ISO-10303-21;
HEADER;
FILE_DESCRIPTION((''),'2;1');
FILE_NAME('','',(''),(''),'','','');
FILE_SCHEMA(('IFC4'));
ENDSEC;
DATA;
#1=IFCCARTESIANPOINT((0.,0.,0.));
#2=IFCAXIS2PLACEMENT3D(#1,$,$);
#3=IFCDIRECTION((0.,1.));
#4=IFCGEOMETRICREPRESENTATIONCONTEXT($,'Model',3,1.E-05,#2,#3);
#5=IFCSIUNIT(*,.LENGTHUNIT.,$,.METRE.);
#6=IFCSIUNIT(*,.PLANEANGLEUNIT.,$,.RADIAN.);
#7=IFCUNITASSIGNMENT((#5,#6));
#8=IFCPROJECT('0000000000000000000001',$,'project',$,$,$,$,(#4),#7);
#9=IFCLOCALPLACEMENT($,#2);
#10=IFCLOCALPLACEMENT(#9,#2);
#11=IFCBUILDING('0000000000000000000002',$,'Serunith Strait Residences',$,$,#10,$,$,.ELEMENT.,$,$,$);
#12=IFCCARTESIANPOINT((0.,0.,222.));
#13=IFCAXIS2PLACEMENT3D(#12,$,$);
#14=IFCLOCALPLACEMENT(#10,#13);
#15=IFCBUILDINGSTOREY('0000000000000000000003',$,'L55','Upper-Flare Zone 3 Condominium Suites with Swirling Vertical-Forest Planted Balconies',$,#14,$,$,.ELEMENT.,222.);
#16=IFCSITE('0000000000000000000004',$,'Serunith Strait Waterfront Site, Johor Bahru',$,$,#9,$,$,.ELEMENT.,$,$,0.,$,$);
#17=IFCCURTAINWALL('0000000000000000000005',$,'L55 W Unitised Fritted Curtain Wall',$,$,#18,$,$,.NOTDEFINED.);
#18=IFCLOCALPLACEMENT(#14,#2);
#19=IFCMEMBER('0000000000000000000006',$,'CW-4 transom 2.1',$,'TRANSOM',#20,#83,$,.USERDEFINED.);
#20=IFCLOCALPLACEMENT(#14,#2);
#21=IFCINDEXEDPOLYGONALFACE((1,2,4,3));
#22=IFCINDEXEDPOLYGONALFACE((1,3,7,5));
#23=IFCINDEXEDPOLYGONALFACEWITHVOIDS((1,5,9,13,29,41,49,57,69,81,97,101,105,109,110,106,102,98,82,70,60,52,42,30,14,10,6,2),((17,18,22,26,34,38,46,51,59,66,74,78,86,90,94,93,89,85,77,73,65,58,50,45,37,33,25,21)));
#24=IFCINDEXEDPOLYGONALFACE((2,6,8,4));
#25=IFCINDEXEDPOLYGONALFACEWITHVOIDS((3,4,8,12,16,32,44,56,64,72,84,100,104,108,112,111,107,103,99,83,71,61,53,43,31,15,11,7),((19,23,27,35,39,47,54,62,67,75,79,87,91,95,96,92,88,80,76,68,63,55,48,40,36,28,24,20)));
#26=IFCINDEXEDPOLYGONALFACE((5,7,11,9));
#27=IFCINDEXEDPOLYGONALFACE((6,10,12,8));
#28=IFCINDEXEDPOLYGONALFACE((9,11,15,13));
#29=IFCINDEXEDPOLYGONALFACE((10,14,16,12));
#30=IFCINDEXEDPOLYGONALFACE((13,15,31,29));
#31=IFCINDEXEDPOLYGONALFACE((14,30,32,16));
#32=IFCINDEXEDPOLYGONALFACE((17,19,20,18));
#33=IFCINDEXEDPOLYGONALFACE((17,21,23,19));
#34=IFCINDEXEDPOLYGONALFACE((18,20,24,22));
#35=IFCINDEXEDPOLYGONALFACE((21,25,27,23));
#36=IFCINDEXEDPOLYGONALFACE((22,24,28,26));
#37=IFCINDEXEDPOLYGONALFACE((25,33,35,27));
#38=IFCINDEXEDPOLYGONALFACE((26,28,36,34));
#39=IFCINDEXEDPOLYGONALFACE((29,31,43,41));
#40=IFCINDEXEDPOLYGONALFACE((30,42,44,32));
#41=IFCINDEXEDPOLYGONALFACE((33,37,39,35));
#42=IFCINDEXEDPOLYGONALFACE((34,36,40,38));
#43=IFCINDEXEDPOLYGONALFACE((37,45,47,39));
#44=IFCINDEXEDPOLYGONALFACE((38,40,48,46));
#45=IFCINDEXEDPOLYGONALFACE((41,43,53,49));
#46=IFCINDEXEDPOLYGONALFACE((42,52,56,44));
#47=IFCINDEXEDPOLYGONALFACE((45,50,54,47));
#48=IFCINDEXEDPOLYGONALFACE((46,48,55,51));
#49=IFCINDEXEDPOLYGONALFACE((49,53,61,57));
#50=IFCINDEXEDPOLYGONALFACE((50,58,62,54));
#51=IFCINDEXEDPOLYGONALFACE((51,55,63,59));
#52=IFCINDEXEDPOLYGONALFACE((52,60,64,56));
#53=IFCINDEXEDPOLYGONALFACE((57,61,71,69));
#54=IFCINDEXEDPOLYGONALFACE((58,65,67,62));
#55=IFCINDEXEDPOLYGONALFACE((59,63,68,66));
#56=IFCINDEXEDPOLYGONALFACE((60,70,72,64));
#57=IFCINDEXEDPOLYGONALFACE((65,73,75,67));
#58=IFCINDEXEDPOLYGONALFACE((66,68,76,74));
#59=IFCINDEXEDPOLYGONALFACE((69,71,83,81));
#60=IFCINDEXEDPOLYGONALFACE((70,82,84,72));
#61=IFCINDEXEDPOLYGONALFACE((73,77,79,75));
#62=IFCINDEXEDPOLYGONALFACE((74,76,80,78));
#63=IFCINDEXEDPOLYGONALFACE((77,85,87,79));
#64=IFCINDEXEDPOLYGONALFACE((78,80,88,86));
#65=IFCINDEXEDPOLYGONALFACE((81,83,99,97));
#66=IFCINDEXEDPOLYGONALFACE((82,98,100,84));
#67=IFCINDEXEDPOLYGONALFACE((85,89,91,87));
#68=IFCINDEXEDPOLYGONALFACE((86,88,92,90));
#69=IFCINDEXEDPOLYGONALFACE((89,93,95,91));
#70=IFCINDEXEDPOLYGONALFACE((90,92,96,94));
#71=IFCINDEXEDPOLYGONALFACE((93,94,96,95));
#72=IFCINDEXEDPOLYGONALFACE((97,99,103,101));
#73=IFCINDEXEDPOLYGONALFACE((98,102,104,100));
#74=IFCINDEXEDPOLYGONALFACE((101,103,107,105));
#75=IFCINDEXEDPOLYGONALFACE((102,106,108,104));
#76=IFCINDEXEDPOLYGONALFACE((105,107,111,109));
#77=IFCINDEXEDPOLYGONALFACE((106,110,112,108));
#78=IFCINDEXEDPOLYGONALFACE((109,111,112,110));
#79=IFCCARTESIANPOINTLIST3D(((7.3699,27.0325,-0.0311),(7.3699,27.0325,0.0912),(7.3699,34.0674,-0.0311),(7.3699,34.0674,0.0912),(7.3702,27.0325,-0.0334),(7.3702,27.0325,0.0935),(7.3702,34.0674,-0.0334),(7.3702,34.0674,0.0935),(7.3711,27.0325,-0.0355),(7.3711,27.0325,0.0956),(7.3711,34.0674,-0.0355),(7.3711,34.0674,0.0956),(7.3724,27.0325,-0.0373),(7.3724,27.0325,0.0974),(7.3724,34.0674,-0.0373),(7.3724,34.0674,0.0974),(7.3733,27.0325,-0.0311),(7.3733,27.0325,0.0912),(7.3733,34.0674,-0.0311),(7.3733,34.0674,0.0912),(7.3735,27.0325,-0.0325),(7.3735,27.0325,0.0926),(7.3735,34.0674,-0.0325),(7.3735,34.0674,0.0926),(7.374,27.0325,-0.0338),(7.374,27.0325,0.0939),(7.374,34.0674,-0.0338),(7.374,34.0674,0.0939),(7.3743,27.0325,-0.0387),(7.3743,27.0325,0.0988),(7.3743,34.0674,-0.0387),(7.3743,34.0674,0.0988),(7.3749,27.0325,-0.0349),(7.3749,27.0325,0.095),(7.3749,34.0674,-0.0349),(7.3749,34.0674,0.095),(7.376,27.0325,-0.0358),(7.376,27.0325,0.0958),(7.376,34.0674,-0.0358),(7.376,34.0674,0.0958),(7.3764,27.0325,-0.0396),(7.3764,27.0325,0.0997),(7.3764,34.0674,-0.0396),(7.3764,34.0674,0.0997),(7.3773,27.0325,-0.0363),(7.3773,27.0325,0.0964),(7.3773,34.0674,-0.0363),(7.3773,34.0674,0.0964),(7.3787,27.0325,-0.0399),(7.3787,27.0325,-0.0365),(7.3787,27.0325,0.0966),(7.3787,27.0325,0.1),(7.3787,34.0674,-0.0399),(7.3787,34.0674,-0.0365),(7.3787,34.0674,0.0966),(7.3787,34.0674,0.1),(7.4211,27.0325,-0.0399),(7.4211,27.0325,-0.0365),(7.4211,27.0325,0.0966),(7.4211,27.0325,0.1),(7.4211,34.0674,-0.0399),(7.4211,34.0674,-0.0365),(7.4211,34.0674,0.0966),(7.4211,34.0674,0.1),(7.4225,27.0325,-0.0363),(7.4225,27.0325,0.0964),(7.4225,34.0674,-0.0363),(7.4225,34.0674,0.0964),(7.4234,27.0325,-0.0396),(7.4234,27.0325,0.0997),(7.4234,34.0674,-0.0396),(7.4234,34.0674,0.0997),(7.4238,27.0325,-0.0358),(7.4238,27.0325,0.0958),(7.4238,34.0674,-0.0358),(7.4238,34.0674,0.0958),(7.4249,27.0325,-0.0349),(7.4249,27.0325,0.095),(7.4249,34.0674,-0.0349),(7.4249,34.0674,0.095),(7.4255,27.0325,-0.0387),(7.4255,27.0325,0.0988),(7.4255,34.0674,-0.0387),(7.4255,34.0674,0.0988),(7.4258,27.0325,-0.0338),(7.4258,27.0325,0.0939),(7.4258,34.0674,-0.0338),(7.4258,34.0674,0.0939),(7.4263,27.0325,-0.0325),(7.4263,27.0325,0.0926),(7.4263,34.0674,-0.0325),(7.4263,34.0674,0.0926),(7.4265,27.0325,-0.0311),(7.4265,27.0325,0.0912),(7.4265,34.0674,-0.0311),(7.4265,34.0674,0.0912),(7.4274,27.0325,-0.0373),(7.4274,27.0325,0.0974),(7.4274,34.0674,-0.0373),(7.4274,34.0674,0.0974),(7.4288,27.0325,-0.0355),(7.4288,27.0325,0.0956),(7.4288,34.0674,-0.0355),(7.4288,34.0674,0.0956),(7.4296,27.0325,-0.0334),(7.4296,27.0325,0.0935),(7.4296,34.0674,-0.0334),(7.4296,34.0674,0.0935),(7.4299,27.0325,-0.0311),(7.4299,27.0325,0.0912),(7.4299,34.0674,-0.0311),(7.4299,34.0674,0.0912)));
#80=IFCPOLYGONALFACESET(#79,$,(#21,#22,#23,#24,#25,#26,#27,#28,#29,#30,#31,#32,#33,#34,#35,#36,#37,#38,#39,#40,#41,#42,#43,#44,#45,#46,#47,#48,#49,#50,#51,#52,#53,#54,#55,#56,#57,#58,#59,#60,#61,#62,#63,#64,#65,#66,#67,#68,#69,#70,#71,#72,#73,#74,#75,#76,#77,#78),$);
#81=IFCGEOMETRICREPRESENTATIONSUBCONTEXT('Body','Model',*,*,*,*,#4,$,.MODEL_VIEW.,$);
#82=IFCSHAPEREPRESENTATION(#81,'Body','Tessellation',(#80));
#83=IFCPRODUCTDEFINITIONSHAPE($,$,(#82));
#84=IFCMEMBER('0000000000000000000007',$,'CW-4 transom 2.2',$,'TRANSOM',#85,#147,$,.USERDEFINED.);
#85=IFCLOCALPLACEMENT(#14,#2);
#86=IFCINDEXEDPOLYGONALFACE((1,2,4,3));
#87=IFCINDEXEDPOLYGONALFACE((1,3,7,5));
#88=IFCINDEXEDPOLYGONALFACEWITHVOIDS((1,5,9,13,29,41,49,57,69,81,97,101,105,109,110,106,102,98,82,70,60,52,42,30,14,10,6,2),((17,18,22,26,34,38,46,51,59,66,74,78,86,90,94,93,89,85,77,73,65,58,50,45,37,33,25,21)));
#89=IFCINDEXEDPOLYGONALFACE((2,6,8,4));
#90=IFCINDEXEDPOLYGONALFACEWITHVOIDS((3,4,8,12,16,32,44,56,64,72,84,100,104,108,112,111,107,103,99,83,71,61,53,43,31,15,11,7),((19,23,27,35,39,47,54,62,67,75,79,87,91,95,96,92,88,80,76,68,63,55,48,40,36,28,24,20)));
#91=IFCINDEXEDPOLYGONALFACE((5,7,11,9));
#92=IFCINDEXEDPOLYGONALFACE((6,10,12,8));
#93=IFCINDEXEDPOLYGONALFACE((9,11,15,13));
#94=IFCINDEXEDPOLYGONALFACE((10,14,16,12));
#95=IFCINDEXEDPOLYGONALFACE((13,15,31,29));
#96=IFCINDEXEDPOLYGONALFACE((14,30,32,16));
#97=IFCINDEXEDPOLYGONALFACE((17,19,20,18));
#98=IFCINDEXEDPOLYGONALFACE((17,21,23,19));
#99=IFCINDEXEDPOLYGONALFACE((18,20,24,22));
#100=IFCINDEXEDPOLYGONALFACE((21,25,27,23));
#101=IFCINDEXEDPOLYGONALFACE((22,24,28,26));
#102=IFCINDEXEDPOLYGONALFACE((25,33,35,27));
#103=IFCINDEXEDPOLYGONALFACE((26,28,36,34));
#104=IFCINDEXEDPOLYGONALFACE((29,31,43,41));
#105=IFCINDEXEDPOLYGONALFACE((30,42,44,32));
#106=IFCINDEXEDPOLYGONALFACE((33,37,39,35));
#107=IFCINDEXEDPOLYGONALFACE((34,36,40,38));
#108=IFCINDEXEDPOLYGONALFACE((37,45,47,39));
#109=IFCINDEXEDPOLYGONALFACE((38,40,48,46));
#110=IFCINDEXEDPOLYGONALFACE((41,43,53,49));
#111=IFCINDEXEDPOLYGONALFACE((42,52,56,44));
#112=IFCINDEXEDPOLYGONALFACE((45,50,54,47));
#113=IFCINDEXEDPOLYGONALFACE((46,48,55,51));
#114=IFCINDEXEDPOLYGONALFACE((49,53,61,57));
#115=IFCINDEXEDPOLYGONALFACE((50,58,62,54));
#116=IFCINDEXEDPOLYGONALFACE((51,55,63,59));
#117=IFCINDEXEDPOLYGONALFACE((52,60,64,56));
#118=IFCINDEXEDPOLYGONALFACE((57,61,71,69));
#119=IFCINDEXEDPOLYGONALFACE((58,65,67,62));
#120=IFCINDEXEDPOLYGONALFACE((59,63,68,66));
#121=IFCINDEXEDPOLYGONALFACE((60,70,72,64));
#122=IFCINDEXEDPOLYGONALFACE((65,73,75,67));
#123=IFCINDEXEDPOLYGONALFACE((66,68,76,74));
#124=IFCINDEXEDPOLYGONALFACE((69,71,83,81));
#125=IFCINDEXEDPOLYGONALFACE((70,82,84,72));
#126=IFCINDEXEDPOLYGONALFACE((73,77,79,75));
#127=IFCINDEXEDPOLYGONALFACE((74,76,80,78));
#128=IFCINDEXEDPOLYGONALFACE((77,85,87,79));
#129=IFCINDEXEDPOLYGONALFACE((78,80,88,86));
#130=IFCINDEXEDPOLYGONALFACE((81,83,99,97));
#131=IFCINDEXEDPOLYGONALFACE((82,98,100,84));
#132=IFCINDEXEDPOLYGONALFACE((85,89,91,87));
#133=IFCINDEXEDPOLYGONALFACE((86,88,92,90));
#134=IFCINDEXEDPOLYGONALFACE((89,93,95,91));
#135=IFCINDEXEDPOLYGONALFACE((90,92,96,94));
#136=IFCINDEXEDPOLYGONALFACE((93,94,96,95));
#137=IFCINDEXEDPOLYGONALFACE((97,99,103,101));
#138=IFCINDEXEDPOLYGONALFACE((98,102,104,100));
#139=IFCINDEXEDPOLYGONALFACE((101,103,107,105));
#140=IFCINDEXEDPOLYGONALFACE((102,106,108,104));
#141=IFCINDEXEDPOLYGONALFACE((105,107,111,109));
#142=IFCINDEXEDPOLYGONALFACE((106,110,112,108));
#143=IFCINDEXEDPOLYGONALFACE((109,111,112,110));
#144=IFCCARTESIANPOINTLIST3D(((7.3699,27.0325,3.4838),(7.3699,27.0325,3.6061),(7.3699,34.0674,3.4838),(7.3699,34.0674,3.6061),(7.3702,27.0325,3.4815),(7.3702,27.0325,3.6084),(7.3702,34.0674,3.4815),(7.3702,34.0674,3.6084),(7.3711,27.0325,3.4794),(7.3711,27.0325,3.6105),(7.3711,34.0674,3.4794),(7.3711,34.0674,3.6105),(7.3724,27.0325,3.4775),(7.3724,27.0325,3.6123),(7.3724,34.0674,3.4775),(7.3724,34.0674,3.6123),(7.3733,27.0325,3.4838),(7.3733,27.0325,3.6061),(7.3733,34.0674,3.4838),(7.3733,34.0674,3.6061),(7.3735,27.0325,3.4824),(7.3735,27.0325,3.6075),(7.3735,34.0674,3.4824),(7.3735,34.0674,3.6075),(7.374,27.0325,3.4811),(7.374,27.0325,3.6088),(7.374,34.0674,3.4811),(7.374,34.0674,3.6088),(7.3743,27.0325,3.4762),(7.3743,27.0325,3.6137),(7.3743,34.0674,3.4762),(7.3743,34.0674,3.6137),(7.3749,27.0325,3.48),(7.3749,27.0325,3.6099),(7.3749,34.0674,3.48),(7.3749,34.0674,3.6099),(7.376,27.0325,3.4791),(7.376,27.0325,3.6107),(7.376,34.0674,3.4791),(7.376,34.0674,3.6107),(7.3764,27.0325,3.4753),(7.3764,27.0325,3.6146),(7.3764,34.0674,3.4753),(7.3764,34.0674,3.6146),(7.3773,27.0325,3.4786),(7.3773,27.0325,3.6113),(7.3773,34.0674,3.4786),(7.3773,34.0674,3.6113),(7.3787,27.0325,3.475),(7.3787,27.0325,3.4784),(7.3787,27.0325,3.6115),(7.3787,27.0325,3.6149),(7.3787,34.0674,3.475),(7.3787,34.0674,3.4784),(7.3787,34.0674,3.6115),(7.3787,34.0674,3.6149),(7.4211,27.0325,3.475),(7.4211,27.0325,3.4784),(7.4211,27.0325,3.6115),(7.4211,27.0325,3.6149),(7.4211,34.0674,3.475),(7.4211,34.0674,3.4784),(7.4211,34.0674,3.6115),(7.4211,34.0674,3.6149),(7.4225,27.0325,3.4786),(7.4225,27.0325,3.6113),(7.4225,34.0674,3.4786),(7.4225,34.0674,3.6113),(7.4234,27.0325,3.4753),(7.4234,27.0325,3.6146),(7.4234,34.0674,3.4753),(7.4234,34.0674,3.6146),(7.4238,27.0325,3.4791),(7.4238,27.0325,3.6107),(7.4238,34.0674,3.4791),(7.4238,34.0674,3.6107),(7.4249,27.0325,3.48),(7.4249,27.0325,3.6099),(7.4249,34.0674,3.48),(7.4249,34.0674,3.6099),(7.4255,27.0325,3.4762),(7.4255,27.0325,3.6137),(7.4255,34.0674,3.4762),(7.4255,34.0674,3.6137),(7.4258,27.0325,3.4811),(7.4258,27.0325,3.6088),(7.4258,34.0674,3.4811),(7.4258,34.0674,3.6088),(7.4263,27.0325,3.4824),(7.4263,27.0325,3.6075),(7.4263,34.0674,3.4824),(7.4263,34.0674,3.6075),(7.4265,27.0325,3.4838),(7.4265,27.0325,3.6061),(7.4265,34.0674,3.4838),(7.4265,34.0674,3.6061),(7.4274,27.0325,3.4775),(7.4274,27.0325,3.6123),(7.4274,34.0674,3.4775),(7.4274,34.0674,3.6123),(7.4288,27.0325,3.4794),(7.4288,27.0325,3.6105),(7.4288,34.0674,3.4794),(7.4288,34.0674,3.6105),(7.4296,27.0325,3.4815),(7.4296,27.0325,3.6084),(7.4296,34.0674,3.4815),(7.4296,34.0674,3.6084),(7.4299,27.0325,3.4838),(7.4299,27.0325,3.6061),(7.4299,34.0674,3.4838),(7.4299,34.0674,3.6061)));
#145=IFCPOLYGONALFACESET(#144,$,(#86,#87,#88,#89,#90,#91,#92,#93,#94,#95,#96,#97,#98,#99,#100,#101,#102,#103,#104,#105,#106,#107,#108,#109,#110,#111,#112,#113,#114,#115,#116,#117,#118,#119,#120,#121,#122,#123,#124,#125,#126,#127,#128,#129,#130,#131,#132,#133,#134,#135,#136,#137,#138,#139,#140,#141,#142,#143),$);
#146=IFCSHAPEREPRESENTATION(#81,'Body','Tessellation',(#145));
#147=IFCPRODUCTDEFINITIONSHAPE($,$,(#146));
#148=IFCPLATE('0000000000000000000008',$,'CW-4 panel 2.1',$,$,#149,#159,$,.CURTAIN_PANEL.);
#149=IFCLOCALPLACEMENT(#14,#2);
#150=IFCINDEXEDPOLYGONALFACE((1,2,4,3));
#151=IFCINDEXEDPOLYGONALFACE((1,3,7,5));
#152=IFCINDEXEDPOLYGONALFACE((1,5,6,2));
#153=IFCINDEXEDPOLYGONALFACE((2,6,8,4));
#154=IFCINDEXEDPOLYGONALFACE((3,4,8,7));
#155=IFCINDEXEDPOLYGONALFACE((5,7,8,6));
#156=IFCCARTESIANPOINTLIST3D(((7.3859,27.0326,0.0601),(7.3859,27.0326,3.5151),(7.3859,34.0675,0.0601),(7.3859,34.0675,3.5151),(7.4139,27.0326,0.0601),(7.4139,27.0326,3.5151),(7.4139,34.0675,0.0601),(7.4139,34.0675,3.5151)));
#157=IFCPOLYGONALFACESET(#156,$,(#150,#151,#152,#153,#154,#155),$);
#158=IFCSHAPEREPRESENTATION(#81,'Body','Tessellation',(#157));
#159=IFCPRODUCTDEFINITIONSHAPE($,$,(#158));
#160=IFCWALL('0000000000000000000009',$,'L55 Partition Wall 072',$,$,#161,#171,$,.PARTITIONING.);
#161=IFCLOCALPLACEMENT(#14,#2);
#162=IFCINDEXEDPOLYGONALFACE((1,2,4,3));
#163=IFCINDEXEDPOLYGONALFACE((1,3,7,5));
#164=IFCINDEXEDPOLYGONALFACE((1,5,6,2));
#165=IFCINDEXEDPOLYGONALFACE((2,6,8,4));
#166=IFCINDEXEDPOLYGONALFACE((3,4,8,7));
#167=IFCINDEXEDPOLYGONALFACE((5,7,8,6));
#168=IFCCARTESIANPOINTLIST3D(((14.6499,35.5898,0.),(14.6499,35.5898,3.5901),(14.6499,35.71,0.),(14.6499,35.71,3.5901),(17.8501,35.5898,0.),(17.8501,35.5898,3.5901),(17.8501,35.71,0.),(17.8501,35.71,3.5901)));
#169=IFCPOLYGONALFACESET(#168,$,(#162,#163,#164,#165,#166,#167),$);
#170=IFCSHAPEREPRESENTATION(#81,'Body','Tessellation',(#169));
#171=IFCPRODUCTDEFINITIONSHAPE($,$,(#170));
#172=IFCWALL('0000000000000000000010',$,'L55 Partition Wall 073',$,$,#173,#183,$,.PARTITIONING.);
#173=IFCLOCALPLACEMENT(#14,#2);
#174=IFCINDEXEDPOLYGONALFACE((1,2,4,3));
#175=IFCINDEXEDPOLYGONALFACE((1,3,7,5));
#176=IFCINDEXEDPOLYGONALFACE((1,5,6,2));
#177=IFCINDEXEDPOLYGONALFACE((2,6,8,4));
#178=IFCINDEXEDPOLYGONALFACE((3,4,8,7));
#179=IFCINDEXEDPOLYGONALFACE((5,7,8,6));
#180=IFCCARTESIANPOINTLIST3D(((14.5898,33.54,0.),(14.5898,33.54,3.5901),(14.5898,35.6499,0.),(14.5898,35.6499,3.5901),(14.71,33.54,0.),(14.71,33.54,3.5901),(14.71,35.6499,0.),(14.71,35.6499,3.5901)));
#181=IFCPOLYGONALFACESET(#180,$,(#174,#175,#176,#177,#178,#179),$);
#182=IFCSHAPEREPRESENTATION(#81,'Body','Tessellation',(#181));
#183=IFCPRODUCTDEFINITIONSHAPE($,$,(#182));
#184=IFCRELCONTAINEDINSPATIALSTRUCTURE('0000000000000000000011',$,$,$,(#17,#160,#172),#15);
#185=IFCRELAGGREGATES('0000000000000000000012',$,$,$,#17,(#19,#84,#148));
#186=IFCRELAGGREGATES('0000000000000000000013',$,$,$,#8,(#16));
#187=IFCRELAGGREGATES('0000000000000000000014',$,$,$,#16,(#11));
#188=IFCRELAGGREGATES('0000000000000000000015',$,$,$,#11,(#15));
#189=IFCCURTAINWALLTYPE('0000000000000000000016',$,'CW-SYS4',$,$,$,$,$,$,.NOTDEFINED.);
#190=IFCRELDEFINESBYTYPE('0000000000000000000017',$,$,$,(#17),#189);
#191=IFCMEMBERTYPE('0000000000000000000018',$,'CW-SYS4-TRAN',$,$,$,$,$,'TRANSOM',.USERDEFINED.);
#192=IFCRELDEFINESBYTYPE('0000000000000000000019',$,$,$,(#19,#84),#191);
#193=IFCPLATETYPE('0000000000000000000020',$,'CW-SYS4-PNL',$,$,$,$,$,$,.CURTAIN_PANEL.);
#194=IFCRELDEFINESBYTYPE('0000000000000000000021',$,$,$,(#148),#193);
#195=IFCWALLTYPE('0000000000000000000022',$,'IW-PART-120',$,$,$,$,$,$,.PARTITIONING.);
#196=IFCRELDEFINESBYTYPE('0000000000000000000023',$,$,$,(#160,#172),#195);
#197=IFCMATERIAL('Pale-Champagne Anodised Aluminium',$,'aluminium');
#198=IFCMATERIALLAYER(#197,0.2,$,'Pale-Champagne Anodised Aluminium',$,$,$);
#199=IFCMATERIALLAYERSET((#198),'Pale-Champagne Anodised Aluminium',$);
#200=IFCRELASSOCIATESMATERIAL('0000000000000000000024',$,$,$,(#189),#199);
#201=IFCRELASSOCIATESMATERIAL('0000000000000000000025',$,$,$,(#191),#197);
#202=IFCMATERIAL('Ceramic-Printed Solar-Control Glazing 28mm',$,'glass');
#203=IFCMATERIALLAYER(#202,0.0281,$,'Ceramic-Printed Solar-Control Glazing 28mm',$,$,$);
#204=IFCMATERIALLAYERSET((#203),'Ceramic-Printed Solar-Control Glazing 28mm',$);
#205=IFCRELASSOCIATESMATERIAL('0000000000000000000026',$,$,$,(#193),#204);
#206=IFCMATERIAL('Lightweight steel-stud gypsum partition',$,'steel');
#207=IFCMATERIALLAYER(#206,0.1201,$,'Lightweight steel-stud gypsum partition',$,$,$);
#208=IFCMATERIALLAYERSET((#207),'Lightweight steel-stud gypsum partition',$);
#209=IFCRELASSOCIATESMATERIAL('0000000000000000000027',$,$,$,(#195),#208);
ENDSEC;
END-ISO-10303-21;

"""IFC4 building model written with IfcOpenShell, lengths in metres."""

from ifc_helpers import new_model, si_unit, direction, frame, frame_2d, origin, origin_2d, place, context, subcontext, project, spatial, rectangle, hollow_rectangle, extrude, source, transform, mapped, material, layer, layer_set, material_profile, profile_set, type_object, element, aggregate, save


model = new_model("IFC4")

# Units and contexts
model_context = context("Model", 3, precision=1e-05, world=origin(), true_north=direction((0.0, 1.0)))
body_context = subcontext(model_context, "Body", "Model", "MODEL_VIEW")
ifc_project = project(units=[si_unit("LENGTHUNIT", "METRE"), si_unit("PLANEANGLEUNIT", "RADIAN")], contexts=[model_context])

# Site, building, storey
site_placement = place(None, origin())
site = spatial("IfcSite", under=ifc_project, at=site_placement, Name="Serunith Strait Waterfront Site, Johor Bahru", CompositionType="ELEMENT", RefElevation=0.0)
building_placement = place(site_placement, origin())
building = spatial("IfcBuilding", under=site, at=building_placement, Name="Serunith Strait Residences", CompositionType="ELEMENT")
storey_placement = place(building_placement, frame((0.0, 0.0, 222.0)))
storey = spatial("IfcBuildingStorey", under=building, at=storey_placement, Name="L55", Description="Upper-Flare Zone 3 Condominium Suites with Swirling Vertical-Forest Planted Balconies", CompositionType="ELEMENT", Elevation=222.0)

# Curtain wall, members, plate
ifc_material_1 = material(Name="Pale-Champagne Anodised Aluminium", Category="aluminium")
ifc_layer_1 = layer(ifc_material_1, 0.2, Name="Pale-Champagne Anodised Aluminium")
ifc_layer_set_1 = layer_set([ifc_layer_1], Name="Pale-Champagne Anodised Aluminium")
curtain_wall_type = type_object("IfcCurtainWallType", Name="CW-SYS4", PredefinedType="NOTDEFINED", material=ifc_layer_set_1)
curtain_wall_placement = place(storey_placement, origin())
curtain_wall = element("IfcCurtainWall", 1, at=curtain_wall_placement, inside=storey, type_object=curtain_wall_type, Name="L55 W Unitised Fritted Curtain Wall", PredefinedType="NOTDEFINED")
ifc_material_profile_1 = material_profile(ifc_material_1, hollow_rectangle(XDim=0.0601, YDim=0.1399, WallThickness=0.0034, InnerFilletRadius=0.0054, OuterFilletRadius=0.0088, at=origin_2d()), Name="ALU 140x60x3.5")
ifc_profile_set_1 = profile_set([ifc_material_profile_1], Name="Pale-Champagne Anodised Aluminium")
member_type_1 = type_object("IfcMemberType", Name="CW-SYS4-TRAN", ElementType="TRANSOM", PredefinedType="USERDEFINED", material=ifc_profile_set_1)
shared_shape_1 = source(origin(), body_context, "Body", "SweptSolid", [
    extrude(hollow_rectangle(XDim=0.0601, YDim=0.1399, WallThickness=0.0034, InnerFilletRadius=0.0054, OuterFilletRadius=0.0088, at=origin_2d()), origin(), (0.0, 0.0, 1.0), 7.0349),
])
member_1_placement = place(storey_placement, frame((7.3999, 34.0674, 0.03), z_axis=(0.0, -1.0, 0.0), x_axis=(1.0, 0.0, 0.0)))
member_1 = element("IfcMember", 2, at=member_1_placement, type_object=member_type_1, Name="CW-4 transom 2.1", ObjectType="TRANSOM", PredefinedType="USERDEFINED", context=body_context, shape_type="MappedRepresentation", body=[
    mapped(shared_shape_1, transform((0.0, 0.0, 0.0), scale=1.0)),
])
member_2_placement = place(storey_placement, frame((7.3999, 34.0674, 3.5449), z_axis=(0.0, -1.0, 0.0), x_axis=(1.0, 0.0, 0.0)))
member_2 = element("IfcMember", 3, at=member_2_placement, type_object=member_type_1, Name="CW-4 transom 2.2", ObjectType="TRANSOM", PredefinedType="USERDEFINED", context=body_context, shape_type="MappedRepresentation", body=[
    mapped(shared_shape_1, transform((0.0, 0.0, 0.0), scale=1.0)),
])
ifc_material_2 = material(Name="Ceramic-Printed Solar-Control Glazing 28mm", Category="glass")
ifc_layer_2 = layer(ifc_material_2, 0.0281, Name="Ceramic-Printed Solar-Control Glazing 28mm")
ifc_layer_set_2 = layer_set([ifc_layer_2], Name="Ceramic-Printed Solar-Control Glazing 28mm")
plate_type = type_object("IfcPlateType", Name="CW-SYS4-PNL", PredefinedType="CURTAIN_PANEL", material=ifc_layer_set_2)
shared_shape_2 = source(origin(), body_context, "Body", "SweptSolid", [
    extrude(rectangle(XDim=7.0349, YDim=0.0281, at=origin_2d()), origin(), (0.0, 0.0, 1.0), 3.4551),
])
plate_placement = place(storey_placement, frame((7.3999, 30.55, 0.0601), z_axis=(0.0, 0.0, 1.0), x_axis=(0.0, -1.0, 0.0)))
plate = element("IfcPlate", 4, at=plate_placement, type_object=plate_type, Name="CW-4 panel 2.1", PredefinedType="CURTAIN_PANEL", context=body_context, shape_type="MappedRepresentation", body=[
    mapped(shared_shape_2, transform((0.0, 0.0, 0.0), scale=1.0)),
])
aggregate(curtain_wall, [member_1, member_2, plate])

# Walls
ifc_material_3 = material(Name="Lightweight steel-stud gypsum partition", Category="steel")
ifc_layer_3 = layer(ifc_material_3, 0.1201, Name="Lightweight steel-stud gypsum partition")
ifc_layer_set_3 = layer_set([ifc_layer_3], Name="Lightweight steel-stud gypsum partition")
wall_type_1 = type_object("IfcWallType", Name="IW-PART-120", PredefinedType="PARTITIONING", material=ifc_layer_set_3)
wall_1_placement = place(storey_placement, frame((14.6499, 35.6499, 0.0), z_axis=(0.0, 0.0, 1.0), x_axis=(1.0, 0.0, 0.0)))
element("IfcWall", 5, at=wall_1_placement, inside=storey, type_object=wall_type_1, Name="L55 Partition Wall 072", PredefinedType="PARTITIONING", context=body_context, shape_type="SweptSolid", body=[
    extrude(rectangle(XDim=3.2002, YDim=0.1201, at=frame_2d((1.6001, 0.0))), origin(), (0.0, 0.0, 1.0), 3.5901),
])
wall_2_placement = place(storey_placement, frame((14.6499, 35.6499, 0.0), z_axis=(0.0, 0.0, 1.0), x_axis=(0.0, -1.0, 0.0)))
element("IfcWall", 6, at=wall_2_placement, inside=storey, type_object=wall_type_1, Name="L55 Partition Wall 073", PredefinedType="PARTITIONING", context=body_context, shape_type="SweptSolid", body=[
    extrude(rectangle(XDim=2.1099, YDim=0.1201, at=frame_2d((1.0549, 0.0))), origin(), (0.0, 0.0, 1.0), 3.5901),
])

save(model, "model.ifc")
